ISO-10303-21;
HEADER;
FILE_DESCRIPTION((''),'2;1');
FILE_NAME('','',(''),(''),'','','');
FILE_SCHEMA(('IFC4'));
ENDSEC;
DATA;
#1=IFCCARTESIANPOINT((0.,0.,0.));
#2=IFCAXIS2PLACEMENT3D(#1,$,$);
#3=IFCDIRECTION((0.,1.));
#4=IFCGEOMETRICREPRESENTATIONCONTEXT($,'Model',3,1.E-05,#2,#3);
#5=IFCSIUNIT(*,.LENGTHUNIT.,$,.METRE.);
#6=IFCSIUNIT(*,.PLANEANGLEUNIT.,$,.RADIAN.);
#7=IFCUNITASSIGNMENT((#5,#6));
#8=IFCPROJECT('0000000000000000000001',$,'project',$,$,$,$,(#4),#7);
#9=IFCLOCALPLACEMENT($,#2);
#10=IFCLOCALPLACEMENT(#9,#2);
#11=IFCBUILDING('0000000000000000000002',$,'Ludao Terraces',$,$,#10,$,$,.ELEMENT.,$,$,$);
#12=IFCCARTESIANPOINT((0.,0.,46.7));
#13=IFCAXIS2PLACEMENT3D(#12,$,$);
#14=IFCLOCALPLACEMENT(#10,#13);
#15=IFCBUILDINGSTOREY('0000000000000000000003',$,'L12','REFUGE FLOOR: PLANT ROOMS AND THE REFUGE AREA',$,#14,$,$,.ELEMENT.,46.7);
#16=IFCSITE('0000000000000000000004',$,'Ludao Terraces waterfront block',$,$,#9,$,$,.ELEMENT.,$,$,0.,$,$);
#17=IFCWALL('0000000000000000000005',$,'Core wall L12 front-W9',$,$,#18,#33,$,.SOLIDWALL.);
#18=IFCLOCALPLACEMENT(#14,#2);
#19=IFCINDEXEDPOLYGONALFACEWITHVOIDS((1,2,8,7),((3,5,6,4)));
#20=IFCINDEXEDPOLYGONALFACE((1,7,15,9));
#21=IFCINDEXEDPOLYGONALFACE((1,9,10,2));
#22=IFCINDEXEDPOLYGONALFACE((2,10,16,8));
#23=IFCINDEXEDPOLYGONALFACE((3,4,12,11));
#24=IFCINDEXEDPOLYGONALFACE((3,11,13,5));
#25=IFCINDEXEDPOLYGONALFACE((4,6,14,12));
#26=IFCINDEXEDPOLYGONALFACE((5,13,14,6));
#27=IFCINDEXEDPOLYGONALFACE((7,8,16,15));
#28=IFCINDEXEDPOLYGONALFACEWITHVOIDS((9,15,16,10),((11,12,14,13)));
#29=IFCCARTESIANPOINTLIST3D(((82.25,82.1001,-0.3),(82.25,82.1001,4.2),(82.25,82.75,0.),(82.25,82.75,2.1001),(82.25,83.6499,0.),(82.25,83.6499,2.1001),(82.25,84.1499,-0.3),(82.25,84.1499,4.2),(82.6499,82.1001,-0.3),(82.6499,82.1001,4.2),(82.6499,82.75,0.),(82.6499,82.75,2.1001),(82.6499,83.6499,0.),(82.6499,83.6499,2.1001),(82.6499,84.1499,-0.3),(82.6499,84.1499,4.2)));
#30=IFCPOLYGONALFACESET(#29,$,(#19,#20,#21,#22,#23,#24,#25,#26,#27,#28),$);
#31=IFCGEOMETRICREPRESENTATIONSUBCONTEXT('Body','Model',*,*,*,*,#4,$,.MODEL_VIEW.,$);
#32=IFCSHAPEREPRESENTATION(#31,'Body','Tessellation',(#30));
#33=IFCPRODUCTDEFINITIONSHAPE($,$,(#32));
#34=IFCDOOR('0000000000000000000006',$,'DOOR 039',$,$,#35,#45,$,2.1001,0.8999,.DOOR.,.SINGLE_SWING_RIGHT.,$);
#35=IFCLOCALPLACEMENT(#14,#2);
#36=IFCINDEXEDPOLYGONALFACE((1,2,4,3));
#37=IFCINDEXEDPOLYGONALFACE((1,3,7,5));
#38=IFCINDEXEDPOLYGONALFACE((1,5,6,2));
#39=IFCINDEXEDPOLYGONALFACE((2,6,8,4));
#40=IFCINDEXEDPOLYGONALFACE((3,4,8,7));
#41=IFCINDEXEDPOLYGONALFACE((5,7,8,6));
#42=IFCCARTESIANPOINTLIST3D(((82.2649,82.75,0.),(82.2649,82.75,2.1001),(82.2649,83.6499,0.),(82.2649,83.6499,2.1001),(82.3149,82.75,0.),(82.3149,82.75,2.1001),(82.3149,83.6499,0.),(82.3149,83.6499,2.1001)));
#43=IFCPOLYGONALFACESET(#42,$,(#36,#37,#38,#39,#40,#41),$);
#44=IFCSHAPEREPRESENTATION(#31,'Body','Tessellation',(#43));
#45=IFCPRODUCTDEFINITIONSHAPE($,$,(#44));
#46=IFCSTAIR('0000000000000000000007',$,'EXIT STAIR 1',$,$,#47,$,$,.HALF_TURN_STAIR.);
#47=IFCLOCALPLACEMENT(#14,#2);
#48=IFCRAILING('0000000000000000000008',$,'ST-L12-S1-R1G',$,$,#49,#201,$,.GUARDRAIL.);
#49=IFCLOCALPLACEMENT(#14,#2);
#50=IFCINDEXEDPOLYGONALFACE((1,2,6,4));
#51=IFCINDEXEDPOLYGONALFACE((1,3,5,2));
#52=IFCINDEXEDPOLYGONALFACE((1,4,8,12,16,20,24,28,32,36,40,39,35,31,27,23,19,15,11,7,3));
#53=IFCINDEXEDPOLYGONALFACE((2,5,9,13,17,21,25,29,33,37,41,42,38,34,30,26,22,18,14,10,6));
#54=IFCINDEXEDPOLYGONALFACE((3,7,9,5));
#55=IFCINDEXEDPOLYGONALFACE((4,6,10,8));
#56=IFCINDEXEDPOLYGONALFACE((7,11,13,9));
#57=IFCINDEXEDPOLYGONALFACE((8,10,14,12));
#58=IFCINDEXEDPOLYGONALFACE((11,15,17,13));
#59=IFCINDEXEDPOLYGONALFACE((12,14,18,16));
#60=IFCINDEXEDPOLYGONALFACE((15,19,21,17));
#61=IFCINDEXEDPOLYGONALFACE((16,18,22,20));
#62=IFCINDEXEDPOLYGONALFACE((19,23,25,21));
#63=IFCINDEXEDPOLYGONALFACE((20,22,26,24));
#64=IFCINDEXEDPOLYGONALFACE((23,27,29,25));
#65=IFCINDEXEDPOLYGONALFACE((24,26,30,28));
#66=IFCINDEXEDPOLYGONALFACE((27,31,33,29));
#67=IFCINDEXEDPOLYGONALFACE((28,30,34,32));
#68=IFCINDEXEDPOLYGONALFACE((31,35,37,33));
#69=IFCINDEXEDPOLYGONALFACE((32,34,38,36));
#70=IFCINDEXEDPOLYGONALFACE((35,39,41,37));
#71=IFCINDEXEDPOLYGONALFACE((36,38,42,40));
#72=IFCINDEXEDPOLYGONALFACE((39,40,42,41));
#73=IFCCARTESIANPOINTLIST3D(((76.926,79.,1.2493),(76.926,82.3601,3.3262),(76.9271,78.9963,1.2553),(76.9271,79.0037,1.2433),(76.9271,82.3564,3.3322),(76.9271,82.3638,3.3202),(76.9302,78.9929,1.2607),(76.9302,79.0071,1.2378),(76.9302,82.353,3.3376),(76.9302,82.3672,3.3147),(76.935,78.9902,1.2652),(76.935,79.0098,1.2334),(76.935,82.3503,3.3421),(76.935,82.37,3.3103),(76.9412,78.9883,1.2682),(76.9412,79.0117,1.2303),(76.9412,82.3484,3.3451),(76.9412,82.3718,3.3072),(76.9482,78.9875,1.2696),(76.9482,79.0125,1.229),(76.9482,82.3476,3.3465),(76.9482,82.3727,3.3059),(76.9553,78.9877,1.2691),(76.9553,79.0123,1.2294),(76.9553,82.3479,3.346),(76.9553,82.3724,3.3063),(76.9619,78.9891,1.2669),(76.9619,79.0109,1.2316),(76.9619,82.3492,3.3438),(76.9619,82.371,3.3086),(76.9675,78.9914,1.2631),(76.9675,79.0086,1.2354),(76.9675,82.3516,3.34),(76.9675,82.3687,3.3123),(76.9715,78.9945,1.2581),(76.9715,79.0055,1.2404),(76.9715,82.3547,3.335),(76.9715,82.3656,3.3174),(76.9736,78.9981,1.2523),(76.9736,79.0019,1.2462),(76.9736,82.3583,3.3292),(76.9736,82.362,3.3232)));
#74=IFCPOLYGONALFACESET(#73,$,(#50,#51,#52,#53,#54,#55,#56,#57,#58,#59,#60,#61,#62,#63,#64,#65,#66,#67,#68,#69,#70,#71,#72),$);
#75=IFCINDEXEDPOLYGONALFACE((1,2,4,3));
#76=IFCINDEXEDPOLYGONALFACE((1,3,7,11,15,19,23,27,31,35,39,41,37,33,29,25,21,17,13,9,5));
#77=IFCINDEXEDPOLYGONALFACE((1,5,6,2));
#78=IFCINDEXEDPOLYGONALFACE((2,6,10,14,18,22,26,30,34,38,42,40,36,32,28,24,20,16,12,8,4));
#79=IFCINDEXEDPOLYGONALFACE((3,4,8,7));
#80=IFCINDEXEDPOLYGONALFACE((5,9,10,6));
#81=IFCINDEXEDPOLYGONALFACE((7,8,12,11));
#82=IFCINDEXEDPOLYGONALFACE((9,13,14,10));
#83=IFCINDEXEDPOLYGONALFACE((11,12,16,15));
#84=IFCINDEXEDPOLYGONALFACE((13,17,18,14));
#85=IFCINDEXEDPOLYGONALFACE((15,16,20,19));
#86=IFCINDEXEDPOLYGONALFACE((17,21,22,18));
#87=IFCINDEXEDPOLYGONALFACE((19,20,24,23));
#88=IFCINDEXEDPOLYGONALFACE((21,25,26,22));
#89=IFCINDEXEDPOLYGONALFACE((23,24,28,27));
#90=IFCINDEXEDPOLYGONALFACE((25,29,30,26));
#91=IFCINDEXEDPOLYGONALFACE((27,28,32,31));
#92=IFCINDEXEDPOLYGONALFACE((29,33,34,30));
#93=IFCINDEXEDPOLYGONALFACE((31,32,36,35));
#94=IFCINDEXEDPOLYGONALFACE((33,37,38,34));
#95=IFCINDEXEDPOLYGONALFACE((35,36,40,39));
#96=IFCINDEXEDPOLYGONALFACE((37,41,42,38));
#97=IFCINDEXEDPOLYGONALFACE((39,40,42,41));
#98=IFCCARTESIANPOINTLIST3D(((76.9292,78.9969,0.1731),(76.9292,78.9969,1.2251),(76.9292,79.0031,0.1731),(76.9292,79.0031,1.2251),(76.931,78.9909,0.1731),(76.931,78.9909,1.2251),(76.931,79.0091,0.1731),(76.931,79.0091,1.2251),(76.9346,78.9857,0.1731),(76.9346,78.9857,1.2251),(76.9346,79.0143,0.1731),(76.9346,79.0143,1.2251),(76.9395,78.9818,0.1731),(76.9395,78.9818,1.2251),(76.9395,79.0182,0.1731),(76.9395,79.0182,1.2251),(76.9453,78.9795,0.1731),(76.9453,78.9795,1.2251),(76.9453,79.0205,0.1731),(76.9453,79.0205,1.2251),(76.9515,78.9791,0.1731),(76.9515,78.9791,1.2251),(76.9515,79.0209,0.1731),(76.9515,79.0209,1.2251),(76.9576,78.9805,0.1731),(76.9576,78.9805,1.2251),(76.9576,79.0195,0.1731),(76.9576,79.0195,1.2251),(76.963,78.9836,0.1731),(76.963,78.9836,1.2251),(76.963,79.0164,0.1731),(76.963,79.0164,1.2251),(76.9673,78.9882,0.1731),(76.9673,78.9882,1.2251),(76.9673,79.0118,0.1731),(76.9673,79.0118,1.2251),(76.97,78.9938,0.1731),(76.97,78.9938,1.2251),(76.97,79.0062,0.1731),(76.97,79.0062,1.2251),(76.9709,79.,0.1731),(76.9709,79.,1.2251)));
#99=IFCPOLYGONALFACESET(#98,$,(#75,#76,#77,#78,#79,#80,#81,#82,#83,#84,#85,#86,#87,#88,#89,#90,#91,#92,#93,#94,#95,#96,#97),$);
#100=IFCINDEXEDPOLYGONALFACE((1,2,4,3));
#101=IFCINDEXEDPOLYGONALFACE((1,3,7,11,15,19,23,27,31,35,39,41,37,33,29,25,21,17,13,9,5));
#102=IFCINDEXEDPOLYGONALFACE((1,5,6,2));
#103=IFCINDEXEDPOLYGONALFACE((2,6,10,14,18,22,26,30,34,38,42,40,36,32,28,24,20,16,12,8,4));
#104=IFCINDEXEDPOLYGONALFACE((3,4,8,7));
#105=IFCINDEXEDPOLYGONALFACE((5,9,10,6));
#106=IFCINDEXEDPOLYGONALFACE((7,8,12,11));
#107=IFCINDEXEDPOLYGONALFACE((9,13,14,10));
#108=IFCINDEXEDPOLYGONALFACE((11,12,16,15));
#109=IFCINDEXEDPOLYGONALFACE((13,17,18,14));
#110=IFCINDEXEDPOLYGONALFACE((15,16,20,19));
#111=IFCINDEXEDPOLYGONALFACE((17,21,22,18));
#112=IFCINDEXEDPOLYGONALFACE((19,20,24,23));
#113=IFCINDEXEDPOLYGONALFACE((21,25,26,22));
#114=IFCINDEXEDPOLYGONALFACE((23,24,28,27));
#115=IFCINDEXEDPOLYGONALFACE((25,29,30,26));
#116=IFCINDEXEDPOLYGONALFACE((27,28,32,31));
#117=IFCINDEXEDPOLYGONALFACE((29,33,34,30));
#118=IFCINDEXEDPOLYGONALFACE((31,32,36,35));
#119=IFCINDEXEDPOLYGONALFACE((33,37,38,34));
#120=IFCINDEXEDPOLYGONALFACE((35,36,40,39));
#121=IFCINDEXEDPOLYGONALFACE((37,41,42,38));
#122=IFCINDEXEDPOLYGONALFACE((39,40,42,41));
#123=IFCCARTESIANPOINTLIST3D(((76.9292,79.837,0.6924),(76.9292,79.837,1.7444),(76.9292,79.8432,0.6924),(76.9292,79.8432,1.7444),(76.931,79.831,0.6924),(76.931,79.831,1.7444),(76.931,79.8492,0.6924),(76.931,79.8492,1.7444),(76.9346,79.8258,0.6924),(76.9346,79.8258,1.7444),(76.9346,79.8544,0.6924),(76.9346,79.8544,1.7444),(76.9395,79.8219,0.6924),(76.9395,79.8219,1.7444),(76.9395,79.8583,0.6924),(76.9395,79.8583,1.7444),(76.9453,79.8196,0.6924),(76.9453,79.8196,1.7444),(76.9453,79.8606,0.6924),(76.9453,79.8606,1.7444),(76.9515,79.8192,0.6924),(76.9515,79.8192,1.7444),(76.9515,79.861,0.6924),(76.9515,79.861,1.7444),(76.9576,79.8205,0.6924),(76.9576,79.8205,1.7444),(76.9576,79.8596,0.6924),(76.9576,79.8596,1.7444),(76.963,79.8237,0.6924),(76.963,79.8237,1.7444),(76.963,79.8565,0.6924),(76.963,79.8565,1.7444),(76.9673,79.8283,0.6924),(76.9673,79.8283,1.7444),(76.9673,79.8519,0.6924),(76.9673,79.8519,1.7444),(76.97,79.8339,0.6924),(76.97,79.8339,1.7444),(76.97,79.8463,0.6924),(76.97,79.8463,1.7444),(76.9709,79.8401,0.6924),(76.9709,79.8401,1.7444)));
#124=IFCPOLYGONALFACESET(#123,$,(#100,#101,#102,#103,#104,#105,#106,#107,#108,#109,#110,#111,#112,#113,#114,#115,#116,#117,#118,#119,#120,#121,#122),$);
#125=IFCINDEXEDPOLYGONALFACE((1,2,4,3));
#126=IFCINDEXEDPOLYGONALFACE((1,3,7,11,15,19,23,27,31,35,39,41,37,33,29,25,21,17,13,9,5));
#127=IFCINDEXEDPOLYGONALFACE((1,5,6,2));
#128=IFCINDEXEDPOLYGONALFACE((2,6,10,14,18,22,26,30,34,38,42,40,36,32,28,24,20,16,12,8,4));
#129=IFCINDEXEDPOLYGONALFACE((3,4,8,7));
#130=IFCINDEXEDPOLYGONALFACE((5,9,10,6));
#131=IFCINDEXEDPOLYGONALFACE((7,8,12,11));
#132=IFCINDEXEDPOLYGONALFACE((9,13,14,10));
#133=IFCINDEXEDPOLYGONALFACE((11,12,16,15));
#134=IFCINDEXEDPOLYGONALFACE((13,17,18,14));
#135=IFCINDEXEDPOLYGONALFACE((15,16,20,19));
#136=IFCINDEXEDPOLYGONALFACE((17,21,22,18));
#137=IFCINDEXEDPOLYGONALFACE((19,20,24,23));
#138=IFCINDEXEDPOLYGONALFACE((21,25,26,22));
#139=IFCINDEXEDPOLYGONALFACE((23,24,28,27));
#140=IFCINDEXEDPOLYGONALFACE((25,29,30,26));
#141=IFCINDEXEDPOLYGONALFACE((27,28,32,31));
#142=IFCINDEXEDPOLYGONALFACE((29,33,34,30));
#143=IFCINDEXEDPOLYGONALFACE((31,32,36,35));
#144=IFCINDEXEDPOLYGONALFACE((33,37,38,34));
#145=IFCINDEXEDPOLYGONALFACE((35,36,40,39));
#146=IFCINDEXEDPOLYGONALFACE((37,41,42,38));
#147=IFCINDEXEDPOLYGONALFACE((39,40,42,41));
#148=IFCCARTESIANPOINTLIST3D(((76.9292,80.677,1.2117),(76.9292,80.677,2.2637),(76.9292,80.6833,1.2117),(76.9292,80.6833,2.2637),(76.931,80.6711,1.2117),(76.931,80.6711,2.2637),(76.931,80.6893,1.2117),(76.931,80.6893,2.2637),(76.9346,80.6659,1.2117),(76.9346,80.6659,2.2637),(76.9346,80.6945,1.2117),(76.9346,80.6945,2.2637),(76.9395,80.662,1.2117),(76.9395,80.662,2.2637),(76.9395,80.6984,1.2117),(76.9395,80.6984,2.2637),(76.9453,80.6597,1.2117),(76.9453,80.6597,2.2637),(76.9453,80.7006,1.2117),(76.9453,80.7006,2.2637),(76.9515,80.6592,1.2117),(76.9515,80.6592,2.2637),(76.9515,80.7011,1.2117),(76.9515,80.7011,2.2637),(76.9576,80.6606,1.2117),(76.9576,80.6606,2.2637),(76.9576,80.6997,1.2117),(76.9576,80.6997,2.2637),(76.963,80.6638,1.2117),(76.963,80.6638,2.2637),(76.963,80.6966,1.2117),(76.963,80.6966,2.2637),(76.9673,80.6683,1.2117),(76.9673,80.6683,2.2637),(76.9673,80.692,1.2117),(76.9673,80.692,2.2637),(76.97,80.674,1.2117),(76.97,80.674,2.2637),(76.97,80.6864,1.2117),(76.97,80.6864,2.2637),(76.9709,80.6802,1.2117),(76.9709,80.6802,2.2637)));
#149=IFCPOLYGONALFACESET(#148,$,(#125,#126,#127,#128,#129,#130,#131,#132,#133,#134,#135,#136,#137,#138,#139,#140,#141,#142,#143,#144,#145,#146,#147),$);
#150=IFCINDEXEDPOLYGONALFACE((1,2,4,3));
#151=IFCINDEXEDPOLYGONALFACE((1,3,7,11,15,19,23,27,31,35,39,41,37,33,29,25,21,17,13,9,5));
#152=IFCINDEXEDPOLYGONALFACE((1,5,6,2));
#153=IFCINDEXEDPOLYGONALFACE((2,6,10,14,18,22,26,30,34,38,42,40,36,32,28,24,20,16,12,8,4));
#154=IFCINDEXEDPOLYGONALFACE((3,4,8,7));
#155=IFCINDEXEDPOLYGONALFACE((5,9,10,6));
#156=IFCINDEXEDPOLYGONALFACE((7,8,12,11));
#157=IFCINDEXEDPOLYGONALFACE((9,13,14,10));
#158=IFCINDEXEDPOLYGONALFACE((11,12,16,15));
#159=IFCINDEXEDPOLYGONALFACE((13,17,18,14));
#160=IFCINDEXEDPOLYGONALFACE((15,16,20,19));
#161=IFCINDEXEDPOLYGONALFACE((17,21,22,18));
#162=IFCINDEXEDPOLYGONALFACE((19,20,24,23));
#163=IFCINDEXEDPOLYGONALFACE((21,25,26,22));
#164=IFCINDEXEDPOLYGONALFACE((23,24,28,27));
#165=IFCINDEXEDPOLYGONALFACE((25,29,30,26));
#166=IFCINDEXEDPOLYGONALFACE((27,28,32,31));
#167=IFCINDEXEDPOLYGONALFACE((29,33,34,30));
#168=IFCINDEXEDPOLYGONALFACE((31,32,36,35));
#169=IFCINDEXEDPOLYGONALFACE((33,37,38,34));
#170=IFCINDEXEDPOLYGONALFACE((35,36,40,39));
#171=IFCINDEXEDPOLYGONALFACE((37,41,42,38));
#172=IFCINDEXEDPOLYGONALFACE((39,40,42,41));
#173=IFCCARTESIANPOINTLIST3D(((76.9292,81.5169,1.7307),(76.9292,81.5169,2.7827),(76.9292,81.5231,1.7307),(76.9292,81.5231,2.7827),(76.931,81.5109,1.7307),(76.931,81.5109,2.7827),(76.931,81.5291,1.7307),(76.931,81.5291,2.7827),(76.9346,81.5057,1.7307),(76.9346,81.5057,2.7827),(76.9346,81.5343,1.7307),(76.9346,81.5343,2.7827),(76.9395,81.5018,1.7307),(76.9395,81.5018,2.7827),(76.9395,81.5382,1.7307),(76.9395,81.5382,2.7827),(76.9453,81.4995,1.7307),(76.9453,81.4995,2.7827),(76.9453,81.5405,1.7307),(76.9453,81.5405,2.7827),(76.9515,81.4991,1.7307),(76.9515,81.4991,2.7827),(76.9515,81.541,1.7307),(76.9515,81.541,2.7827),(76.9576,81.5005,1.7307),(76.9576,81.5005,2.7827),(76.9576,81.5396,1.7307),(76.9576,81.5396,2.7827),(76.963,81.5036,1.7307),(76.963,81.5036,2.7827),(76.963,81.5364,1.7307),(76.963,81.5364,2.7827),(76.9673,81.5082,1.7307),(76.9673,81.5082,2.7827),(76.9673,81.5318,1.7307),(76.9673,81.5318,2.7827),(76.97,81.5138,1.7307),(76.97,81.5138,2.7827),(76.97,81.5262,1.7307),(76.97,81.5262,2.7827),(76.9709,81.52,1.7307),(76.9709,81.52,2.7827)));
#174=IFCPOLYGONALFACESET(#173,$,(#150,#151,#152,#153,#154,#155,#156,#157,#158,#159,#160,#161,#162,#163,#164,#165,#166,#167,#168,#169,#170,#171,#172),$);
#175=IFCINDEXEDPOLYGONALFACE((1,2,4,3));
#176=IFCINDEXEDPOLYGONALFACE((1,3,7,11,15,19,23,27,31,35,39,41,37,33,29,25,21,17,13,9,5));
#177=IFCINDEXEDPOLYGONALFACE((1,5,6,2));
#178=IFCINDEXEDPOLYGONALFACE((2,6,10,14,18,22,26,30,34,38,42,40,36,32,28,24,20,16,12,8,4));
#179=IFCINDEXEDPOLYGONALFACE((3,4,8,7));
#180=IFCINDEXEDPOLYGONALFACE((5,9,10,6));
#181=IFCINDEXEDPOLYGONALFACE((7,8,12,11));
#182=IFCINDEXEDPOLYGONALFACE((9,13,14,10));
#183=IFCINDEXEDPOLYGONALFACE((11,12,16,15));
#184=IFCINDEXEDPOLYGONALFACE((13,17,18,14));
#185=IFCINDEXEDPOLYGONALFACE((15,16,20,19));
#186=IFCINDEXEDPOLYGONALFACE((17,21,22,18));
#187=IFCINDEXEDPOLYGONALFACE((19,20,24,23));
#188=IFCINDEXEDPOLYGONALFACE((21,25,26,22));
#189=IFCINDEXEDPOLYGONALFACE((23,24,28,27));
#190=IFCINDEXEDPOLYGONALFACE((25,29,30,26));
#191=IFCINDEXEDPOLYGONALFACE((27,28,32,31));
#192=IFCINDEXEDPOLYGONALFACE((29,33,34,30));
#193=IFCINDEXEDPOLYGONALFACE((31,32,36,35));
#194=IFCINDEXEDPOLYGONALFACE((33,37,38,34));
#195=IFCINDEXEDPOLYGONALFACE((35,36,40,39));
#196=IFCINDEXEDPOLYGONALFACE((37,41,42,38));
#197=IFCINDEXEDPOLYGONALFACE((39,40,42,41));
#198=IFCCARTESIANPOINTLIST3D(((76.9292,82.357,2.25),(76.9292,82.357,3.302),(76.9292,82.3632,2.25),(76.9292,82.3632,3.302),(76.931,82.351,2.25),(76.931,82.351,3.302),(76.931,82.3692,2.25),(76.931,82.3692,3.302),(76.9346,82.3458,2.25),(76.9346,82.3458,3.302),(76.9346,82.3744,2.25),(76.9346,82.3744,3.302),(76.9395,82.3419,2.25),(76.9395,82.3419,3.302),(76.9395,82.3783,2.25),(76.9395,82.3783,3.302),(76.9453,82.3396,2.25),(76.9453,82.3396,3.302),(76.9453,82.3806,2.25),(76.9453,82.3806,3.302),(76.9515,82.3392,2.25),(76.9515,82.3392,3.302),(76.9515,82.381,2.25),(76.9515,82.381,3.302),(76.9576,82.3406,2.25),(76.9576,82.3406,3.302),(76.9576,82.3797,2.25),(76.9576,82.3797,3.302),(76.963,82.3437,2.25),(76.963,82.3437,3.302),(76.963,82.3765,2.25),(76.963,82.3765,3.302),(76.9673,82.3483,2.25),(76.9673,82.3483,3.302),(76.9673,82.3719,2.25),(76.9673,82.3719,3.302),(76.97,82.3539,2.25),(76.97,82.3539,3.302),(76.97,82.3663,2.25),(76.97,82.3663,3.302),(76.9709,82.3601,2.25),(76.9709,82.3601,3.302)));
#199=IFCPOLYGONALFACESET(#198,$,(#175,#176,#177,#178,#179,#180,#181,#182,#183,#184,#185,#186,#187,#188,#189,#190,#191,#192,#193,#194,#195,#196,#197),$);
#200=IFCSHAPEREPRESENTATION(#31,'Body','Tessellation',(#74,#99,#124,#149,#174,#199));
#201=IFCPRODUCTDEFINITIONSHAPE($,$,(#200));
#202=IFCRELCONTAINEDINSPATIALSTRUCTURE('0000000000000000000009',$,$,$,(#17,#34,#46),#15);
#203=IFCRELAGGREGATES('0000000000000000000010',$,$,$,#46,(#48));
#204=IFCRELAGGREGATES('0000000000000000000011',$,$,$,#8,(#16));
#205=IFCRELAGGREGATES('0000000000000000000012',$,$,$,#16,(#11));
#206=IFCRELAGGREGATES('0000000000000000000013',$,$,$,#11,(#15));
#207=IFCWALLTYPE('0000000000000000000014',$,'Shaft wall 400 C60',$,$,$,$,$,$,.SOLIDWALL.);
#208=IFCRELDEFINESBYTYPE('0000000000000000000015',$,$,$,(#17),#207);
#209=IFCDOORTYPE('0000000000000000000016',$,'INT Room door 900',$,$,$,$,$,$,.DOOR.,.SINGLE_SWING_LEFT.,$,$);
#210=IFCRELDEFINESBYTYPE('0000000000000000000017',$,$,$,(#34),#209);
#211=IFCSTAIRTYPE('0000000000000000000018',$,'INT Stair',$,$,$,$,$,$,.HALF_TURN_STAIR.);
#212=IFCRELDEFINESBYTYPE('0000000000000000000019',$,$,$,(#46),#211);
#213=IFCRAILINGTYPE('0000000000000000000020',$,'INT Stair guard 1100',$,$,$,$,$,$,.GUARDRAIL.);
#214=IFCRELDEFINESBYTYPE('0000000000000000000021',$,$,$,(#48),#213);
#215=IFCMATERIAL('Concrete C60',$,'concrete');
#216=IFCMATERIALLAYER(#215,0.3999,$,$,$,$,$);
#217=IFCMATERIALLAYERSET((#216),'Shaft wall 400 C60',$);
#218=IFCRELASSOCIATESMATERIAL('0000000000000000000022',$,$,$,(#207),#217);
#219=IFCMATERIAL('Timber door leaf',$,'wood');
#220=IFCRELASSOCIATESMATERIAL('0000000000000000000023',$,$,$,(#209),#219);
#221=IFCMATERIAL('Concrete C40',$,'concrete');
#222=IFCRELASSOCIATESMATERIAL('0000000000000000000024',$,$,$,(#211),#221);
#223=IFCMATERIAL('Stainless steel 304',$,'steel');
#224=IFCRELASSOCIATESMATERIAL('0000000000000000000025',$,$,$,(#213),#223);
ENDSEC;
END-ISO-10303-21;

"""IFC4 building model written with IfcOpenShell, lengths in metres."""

from ifc_helpers import new_model, si_unit, direction, frame, frame_2d, origin, origin_2d, place, context, subcontext, project, spatial, rectangle, circle, extrude, material, layer, layer_set, type_object, element, fill, aggregate, save


model = new_model("IFC4")

# Units and contexts
model_context = context("Model", 3, precision=1e-05, world=origin(), true_north=direction((0.0, 1.0)))
body_context = subcontext(model_context, "Body", "Model", "MODEL_VIEW")
ifc_project = project(units=[si_unit("LENGTHUNIT", "METRE"), si_unit("PLANEANGLEUNIT", "RADIAN")], contexts=[model_context])

# Site, building, storey
site_placement = place(None, origin())
site = spatial("IfcSite", under=ifc_project, at=site_placement, Name="Ludao Terraces waterfront block", CompositionType="ELEMENT", RefElevation=0.0)
building_placement = place(site_placement, origin())
building = spatial("IfcBuilding", under=site, at=building_placement, Name="Ludao Terraces", CompositionType="ELEMENT")
storey_placement = place(building_placement, frame((0.0, 0.0, 46.7)))
storey = spatial("IfcBuildingStorey", under=building, at=storey_placement, Name="L12", Description="REFUGE FLOOR: PLANT ROOMS AND THE REFUGE AREA", CompositionType="ELEMENT", Elevation=46.7)

# Shared definitions
ifc_material_1 = material(Name="Concrete C60", Category="concrete")

# Shared definitions
ifc_layer_1 = layer(ifc_material_1, 0.3999)
ifc_layer_set_1 = layer_set([ifc_layer_1], Name="Shaft wall 400 C60")
wall_type_1 = type_object("IfcWallType", Name="Shaft wall 400 C60", PredefinedType="SOLIDWALL", material=ifc_layer_set_1)

# Shared definitions
ifc_material_2 = material(Name="Stainless steel 304", Category="steel")

# Wall, opening, door
wall_1_placement = place(storey_placement, frame((82.45, 82.1001, -0.3), z_axis=(0.0, 0.0, 1.0), x_axis=(0.0, 1.0, 0.0)))
wall_1 = element("IfcWall", 1, at=wall_1_placement, inside=storey, type_object=wall_type_1, Name="Core wall L12 front-W9", PredefinedType="SOLIDWALL", context=body_context, shape_type="SweptSolid", body=[
    extrude(rectangle(XDim=2.0498, YDim=0.3999, at=frame_2d((1.0249, 0.0))), origin(), (0.0, 0.0, 1.0), 4.5),
])
opening_1_placement = place(wall_1_placement, frame((0.6499, 0.0, 0.3)))
opening_1 = element("IfcOpeningElement", 2, at=opening_1_placement, cuts=wall_1, PredefinedType="OPENING", context=body_context, shape_type="SweptSolid", body=[
    extrude(rectangle(XDim=0.8999, YDim=2.1001, at=frame_2d((0.45, 1.05))), frame((0.0, 0.21, 0.0), z_axis=(0.0, -1.0, 0.0), x_axis=(1.0, 0.0, 0.0)), (0.0, 0.0, 1.0), 0.4199),
])
ifc_material_3 = material(Name="Timber door leaf", Category="wood")
door_type_1 = type_object("IfcDoorType", Name="INT Room door 900", OperationType="SINGLE_SWING_LEFT", PredefinedType="DOOR", material=ifc_material_3)
door_1_placement = place(opening_1_placement, origin())
door_1 = element("IfcDoor", 3, at=door_1_placement, inside=storey, type_object=door_type_1, Name="DOOR 039", OperationType="SINGLE_SWING_RIGHT", OverallHeight=2.1001, OverallWidth=0.8999, PredefinedType="DOOR", context=body_context, shape_type="SweptSolid", body=[
    extrude(rectangle(XDim=0.8999, YDim=2.1001, at=frame_2d((0.45, 1.05))), frame((0.0, 0.1851, 0.0), z_axis=(0.0, -1.0, 0.0), x_axis=(1.0, 0.0, 0.0)), (0.0, 0.0, 1.0), 0.05),
])
fill(opening_1, door_1)

# Stair, railing
ifc_material_4 = material(Name="Concrete C40", Category="concrete")
stair_type = type_object("IfcStairType", Name="INT Stair", PredefinedType="HALF_TURN_STAIR", material=ifc_material_4)
stair_placement = place(storey_placement, origin())
stair = element("IfcStair", 4, at=stair_placement, inside=storey, type_object=stair_type, Name="EXIT STAIR 1", PredefinedType="HALF_TURN_STAIR")
railing_type_1 = type_object("IfcRailingType", Name="INT Stair guard 1100", PredefinedType="GUARDRAIL", material=ifc_material_2)
railing_1_placement = place(storey_placement, frame((76.95, 79.0, 0.1731)))
railing_1 = element("IfcRailing", 5, at=railing_1_placement, type_object=railing_type_1, Name="ST-L12-S1-R1G", PredefinedType="GUARDRAIL", context=body_context, shape_type="SweptSolid", body=[
    extrude(circle(Radius=0.0239, at=origin_2d()), frame((0.0, 0.0, 1.0762), z_axis=(0.0, 0.850623, 0.525776), x_axis=(-1.0, 0.0, 0.0)), (0.0, 0.0, 1.0), 3.9502),
    extrude(circle(Radius=0.021, at=origin_2d()), origin(), (0.0, 0.0, 1.0), 1.052),
    extrude(circle(Radius=0.021, at=origin_2d()), frame((0.0, 0.8401, 0.5193)), (0.0, 0.0, 1.0), 1.052),
    extrude(circle(Radius=0.021, at=origin_2d()), frame((0.0, 1.6802, 1.0386)), (0.0, 0.0, 1.0), 1.052),
    extrude(circle(Radius=0.021, at=origin_2d()), frame((0.0, 2.52, 1.5576)), (0.0, 0.0, 1.0), 1.052),
    extrude(circle(Radius=0.021, at=origin_2d()), frame((0.0, 3.3601, 2.0769)), (0.0, 0.0, 1.0), 1.052),
])
aggregate(stair, [railing_1])

save(model, "model.ifc")
